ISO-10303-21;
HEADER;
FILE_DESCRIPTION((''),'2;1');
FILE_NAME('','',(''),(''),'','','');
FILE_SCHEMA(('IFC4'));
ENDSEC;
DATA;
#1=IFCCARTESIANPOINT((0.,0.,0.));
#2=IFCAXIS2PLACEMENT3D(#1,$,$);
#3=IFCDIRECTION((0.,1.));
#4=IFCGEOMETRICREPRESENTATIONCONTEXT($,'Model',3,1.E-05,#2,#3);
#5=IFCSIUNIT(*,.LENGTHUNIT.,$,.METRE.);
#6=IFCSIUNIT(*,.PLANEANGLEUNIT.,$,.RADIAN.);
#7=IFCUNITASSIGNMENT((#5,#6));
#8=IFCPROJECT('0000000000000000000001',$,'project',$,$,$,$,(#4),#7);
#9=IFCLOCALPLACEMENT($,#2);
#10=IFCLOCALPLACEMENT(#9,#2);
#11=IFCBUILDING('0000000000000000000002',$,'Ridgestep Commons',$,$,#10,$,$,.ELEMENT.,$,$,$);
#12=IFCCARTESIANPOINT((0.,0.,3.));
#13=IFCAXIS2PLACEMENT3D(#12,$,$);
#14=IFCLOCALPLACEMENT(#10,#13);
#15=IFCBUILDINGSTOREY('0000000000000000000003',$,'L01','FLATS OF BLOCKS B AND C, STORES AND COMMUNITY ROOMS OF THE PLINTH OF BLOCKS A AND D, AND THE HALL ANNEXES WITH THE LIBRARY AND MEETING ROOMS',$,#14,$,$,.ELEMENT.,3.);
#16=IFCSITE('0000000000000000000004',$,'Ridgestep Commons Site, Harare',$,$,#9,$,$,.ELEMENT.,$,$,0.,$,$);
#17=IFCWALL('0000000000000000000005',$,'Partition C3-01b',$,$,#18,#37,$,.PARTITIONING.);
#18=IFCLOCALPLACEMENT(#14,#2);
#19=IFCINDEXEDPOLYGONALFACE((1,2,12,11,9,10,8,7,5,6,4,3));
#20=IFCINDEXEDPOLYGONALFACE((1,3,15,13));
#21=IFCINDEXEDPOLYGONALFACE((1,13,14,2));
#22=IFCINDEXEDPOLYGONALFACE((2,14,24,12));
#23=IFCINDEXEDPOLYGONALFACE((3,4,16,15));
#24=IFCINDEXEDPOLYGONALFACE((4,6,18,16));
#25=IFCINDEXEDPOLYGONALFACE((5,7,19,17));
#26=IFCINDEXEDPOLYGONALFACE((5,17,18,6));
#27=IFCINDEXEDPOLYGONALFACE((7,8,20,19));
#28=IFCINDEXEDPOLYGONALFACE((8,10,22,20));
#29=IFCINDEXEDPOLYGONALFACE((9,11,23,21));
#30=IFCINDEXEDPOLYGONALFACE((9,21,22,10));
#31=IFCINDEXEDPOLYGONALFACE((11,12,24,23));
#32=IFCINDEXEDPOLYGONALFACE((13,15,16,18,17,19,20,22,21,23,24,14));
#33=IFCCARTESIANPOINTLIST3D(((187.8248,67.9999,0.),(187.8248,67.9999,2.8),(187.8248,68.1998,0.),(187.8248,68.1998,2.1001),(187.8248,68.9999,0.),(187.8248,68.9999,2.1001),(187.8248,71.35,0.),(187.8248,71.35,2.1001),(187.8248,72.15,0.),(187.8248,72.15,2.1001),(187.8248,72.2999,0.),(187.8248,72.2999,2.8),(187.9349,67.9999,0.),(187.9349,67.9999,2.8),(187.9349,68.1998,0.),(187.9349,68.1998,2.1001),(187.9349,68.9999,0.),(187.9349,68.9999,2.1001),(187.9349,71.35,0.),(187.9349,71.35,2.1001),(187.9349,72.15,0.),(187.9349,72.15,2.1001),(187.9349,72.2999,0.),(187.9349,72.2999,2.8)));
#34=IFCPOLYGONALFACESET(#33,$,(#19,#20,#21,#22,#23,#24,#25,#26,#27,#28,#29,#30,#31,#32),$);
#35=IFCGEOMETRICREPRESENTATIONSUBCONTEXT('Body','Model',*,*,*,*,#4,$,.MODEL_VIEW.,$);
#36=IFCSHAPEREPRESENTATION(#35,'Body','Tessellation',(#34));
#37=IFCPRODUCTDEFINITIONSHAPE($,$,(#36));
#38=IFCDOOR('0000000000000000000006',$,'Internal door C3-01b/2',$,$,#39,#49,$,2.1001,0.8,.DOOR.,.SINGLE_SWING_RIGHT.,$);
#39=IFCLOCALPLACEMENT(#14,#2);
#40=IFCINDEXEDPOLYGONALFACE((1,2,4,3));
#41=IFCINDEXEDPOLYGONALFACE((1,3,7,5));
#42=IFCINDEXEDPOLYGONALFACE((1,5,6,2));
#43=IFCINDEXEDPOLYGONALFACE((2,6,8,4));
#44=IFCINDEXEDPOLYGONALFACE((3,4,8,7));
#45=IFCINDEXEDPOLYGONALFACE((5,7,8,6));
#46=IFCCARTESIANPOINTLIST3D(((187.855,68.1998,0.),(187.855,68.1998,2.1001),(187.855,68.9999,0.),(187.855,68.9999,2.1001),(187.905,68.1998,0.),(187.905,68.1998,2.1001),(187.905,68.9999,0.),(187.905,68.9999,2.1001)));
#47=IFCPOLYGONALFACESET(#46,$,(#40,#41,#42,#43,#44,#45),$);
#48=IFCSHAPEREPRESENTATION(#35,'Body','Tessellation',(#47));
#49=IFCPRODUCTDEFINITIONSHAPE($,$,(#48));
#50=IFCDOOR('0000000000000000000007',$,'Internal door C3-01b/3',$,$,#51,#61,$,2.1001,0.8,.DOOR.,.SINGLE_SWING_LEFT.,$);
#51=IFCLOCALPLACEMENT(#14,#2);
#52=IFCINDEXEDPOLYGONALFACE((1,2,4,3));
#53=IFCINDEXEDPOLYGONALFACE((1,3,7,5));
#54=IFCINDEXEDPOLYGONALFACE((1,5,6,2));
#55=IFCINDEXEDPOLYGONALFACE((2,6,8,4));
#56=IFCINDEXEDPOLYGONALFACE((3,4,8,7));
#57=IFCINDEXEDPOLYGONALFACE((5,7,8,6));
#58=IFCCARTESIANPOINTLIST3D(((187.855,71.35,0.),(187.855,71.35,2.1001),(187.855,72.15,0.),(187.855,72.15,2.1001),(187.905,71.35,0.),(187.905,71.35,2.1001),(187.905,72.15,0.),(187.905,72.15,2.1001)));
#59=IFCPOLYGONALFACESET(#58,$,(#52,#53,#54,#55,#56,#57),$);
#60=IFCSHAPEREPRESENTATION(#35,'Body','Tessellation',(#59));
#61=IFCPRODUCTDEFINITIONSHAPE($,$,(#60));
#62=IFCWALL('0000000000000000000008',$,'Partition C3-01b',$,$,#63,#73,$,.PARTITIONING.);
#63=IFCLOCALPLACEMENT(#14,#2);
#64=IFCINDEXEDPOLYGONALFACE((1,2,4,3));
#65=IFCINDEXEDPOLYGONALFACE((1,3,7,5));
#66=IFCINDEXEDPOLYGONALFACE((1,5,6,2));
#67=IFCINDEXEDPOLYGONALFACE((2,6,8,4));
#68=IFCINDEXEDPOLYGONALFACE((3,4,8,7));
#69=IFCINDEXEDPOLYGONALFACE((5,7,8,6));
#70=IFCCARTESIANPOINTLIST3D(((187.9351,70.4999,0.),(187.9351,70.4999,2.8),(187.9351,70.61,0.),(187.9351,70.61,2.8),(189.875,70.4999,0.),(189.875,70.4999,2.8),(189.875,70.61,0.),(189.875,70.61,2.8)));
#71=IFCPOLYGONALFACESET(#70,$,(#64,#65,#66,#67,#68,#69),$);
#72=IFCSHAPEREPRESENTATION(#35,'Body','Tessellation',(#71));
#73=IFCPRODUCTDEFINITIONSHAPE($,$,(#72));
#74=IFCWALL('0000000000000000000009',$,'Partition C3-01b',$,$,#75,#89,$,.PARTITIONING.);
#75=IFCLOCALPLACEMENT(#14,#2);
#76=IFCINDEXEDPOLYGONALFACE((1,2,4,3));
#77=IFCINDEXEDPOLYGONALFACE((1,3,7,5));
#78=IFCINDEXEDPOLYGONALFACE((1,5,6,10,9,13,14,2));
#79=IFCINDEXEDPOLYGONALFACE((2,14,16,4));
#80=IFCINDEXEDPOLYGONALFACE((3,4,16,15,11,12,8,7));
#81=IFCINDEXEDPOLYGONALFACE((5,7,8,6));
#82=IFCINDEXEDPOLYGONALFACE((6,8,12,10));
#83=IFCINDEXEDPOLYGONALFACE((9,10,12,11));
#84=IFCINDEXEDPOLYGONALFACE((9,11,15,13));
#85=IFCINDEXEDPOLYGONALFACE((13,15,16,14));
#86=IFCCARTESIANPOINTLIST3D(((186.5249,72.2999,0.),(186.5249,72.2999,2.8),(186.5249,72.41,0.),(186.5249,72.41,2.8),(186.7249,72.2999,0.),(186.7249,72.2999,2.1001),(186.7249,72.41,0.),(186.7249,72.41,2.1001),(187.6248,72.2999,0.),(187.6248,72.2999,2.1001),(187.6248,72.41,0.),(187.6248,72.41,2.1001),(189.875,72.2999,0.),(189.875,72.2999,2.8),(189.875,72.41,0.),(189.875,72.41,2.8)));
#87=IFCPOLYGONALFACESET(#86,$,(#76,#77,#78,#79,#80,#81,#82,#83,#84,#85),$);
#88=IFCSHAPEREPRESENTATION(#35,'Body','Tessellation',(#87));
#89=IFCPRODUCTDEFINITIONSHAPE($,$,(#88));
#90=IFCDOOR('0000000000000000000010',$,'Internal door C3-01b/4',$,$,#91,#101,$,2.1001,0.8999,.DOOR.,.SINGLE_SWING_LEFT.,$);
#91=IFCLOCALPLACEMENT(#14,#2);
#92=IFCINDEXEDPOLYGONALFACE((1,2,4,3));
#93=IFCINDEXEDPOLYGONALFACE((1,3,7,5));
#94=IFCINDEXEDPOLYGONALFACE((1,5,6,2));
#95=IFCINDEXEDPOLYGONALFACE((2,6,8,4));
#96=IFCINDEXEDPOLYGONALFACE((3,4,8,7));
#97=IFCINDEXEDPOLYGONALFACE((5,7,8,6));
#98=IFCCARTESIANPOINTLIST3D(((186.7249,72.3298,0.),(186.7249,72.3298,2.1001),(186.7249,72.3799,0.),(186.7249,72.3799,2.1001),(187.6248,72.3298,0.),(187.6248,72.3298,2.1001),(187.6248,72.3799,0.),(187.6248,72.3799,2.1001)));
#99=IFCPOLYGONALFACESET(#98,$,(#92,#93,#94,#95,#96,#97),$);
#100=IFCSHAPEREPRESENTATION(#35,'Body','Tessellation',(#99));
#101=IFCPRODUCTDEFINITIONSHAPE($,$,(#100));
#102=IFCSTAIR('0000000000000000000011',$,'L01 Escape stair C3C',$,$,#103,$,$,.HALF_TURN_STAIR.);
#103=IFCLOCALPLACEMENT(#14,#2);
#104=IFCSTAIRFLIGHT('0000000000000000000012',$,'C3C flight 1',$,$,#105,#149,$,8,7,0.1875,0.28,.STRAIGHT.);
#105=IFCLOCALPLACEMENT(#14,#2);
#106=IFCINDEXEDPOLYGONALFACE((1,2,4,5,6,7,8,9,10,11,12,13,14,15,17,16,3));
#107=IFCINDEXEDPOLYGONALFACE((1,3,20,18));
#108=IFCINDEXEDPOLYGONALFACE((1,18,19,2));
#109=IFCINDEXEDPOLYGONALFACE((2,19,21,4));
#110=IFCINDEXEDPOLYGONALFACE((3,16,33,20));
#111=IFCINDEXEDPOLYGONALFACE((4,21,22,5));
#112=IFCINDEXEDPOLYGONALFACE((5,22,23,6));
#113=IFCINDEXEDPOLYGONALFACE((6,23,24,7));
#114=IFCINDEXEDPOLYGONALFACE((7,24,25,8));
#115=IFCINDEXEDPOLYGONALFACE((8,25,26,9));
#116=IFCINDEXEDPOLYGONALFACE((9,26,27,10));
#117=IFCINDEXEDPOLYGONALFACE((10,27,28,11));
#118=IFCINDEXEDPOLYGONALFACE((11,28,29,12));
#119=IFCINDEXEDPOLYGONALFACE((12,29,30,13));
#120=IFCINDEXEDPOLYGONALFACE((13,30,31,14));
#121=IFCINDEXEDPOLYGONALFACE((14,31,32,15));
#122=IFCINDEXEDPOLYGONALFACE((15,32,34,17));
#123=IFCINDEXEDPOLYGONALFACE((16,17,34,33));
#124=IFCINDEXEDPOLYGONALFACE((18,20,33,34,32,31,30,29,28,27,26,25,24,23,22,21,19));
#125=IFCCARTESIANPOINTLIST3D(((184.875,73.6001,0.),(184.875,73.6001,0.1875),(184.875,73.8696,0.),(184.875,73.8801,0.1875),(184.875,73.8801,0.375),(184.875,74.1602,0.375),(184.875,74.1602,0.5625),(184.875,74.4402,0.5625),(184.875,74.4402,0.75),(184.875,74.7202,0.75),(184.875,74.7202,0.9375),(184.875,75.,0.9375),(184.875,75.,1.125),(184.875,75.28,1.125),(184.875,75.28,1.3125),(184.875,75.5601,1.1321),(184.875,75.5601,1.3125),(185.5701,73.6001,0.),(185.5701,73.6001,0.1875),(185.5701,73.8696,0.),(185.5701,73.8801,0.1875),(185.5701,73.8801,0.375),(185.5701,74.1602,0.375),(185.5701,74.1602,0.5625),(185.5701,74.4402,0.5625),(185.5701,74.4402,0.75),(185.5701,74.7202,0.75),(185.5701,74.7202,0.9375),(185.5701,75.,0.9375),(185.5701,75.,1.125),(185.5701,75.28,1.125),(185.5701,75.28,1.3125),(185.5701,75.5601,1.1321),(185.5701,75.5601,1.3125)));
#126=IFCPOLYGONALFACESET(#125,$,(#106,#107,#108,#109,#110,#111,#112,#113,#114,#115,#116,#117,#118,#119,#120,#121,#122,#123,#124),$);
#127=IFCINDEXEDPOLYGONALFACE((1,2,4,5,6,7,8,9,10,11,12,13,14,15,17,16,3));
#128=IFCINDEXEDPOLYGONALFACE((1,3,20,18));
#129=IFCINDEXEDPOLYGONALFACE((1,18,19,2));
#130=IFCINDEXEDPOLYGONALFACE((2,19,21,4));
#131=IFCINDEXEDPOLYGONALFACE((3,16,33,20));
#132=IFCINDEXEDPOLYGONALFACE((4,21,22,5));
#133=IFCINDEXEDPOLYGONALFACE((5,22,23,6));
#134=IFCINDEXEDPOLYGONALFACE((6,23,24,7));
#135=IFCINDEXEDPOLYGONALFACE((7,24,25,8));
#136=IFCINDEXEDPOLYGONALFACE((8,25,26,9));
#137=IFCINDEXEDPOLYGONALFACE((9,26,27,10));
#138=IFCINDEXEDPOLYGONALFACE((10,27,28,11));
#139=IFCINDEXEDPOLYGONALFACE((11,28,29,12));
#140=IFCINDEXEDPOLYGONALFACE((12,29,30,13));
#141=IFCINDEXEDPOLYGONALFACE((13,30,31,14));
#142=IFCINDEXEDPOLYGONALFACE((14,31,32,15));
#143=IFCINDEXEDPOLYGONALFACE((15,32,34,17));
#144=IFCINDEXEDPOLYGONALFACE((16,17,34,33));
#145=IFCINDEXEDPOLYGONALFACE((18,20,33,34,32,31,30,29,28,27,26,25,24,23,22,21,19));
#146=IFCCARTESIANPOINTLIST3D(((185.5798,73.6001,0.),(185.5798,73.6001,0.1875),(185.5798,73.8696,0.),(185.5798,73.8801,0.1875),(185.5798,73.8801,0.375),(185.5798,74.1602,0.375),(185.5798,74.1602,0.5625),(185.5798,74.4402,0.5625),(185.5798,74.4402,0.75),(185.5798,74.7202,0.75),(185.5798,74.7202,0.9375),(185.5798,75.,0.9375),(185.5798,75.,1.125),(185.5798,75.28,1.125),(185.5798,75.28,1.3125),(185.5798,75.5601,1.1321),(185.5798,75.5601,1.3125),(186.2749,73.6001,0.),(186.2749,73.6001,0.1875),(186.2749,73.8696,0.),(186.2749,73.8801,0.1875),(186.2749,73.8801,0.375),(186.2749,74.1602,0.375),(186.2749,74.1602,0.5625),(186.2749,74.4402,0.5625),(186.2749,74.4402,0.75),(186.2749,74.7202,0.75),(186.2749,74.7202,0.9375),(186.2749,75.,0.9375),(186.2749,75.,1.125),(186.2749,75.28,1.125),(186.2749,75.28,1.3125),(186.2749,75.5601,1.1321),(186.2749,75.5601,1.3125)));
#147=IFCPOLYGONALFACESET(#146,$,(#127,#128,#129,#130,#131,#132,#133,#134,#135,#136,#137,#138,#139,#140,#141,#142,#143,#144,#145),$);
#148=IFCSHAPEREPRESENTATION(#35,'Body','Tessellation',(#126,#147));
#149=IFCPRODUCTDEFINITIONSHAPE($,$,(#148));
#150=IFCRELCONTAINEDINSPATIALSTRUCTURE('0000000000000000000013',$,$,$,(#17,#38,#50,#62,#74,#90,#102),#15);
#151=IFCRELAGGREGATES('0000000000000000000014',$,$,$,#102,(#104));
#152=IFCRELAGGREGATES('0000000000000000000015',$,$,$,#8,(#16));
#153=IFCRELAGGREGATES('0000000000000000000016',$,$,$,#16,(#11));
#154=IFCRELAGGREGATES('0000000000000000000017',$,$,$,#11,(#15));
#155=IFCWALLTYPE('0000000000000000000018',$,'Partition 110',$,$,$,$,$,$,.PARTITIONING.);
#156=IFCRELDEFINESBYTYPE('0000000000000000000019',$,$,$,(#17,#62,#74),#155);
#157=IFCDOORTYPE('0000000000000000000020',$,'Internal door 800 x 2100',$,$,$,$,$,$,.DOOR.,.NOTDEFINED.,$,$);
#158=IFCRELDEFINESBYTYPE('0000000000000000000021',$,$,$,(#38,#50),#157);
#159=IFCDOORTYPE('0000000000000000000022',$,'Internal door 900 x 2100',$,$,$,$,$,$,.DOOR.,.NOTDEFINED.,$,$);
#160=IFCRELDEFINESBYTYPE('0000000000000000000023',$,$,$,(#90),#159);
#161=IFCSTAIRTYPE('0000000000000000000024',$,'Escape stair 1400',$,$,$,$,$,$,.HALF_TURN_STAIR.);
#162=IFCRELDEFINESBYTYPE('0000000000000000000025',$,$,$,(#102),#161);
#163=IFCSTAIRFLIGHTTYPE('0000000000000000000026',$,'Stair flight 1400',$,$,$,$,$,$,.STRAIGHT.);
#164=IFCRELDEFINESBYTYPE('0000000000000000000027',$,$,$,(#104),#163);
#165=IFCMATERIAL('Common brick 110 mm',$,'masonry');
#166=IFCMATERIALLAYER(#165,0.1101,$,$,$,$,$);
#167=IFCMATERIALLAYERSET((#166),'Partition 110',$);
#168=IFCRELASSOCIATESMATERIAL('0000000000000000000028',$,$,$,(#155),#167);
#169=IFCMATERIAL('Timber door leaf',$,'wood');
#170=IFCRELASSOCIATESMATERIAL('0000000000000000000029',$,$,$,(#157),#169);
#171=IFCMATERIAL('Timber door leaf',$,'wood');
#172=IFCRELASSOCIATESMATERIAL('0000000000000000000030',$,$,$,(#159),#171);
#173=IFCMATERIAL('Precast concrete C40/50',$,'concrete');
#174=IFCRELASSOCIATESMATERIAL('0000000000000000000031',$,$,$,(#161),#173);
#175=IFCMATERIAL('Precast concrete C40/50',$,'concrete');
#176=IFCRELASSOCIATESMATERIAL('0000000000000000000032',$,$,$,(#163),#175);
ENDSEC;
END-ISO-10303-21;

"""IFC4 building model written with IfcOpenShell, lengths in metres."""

from ifc_helpers import new_model, si_unit, direction, frame, frame_2d, origin, place, context, subcontext, project, spatial, polyline, rectangle, outline, extrude, material, layer, layer_set, type_object, element, fill, aggregate, save


model = new_model("IFC4")

# Units and contexts
model_context = context("Model", 3, precision=1e-05, world=origin(), true_north=direction((0.0, 1.0)))
body_context = subcontext(model_context, "Body", "Model", "MODEL_VIEW")
ifc_project = project(units=[si_unit("LENGTHUNIT", "METRE"), si_unit("PLANEANGLEUNIT", "RADIAN")], contexts=[model_context])

# Site, building, storey
site_placement = place(None, origin())
site = spatial("IfcSite", under=ifc_project, at=site_placement, Name="Ridgestep Commons Site, Harare", CompositionType="ELEMENT", RefElevation=0.0)
building_placement = place(site_placement, origin())
building = spatial("IfcBuilding", under=site, at=building_placement, Name="Ridgestep Commons", CompositionType="ELEMENT")
storey_placement = place(building_placement, frame((0.0, 0.0, 3.0)))
storey = spatial("IfcBuildingStorey", under=building, at=storey_placement, Name="L01", Description="FLATS OF BLOCKS B AND C, STORES AND COMMUNITY ROOMS OF THE PLINTH OF BLOCKS A AND D, AND THE HALL ANNEXES WITH THE LIBRARY AND MEETING ROOMS", CompositionType="ELEMENT", Elevation=3.0)

# Wall, openings, doors
ifc_material_1 = material(Name="Common brick 110 mm", Category="masonry")
ifc_layer_1 = layer(ifc_material_1, 0.1101)
ifc_layer_set_1 = layer_set([ifc_layer_1], Name="Partition 110")
wall_type_1 = type_object("IfcWallType", Name="Partition 110", PredefinedType="PARTITIONING", material=ifc_layer_set_1)
wall_1_placement = place(storey_placement, frame((187.8799, 68.0, 0.0), z_axis=(0.0, 0.0, 1.0), x_axis=(0.0, 1.0, 0.0)))
wall_1 = element("IfcWall", 1, at=wall_1_placement, inside=storey, type_object=wall_type_1, Name="Partition C3-01b", PredefinedType="PARTITIONING", context=body_context, shape_type="SweptSolid", body=[
    extrude(rectangle(XDim=4.3, YDim=0.1101, at=frame_2d((2.1499, 0.0))), origin(), (0.0, 0.0, 1.0), 2.8),
])
opening_1_placement = place(wall_1_placement, frame((0.2, 0.0, 0.0)))
opening_1 = element("IfcOpeningElement", 2, at=opening_1_placement, cuts=wall_1, PredefinedType="OPENING", context=body_context, shape_type="SweptSolid", body=[
    extrude(rectangle(XDim=0.8, YDim=2.1001, at=frame_2d((0.3999, 1.05))), frame((0.0, 0.0649, 0.0), z_axis=(0.0, -1.0, 0.0), x_axis=(1.0, 0.0, 0.0)), (0.0, 0.0, 1.0), 0.1301),
])
opening_2_placement = place(wall_1_placement, frame((3.3501, 0.0, 0.0)))
opening_2 = element("IfcOpeningElement", 3, at=opening_2_placement, cuts=wall_1, PredefinedType="OPENING", context=body_context, shape_type="SweptSolid", body=[
    extrude(rectangle(XDim=0.8, YDim=2.1001, at=frame_2d((0.3999, 1.05))), frame((0.0, 0.0649, 0.0), z_axis=(0.0, -1.0, 0.0), x_axis=(1.0, 0.0, 0.0)), (0.0, 0.0, 1.0), 0.1301),
])
ifc_material_2 = material(Name="Timber door leaf", Category="wood")
door_type_1 = type_object("IfcDoorType", Name="Internal door 800 x 2100", OperationType="NOTDEFINED", PredefinedType="DOOR", material=ifc_material_2)
door_1_placement = place(opening_1_placement, origin())
door_1 = element("IfcDoor", 4, at=door_1_placement, inside=storey, type_object=door_type_1, Name="Internal door C3-01b/2", OperationType="SINGLE_SWING_RIGHT", OverallHeight=2.1001, OverallWidth=0.8, PredefinedType="DOOR", context=body_context, shape_type="SweptSolid", body=[
    extrude(rectangle(XDim=0.8, YDim=2.1001, at=frame_2d((0.3999, 1.05))), frame((0.0, 0.0249, 0.0), z_axis=(0.0, -1.0, 0.0), x_axis=(1.0, 0.0, 0.0)), (0.0, 0.0, 1.0), 0.05),
])
fill(opening_1, door_1)
door_2_placement = place(opening_2_placement, origin())
door_2 = element("IfcDoor", 5, at=door_2_placement, inside=storey, type_object=door_type_1, Name="Internal door C3-01b/3", OperationType="SINGLE_SWING_LEFT", OverallHeight=2.1001, OverallWidth=0.8, PredefinedType="DOOR", context=body_context, shape_type="SweptSolid", body=[
    extrude(rectangle(XDim=0.8, YDim=2.1001, at=frame_2d((0.3999, 1.05))), frame((0.0, 0.0249, 0.0), z_axis=(0.0, -1.0, 0.0), x_axis=(1.0, 0.0, 0.0)), (0.0, 0.0, 1.0), 0.05),
])
fill(opening_2, door_2)

# Wall
wall_2_placement = place(storey_placement, frame((187.9351, 70.5549, 0.0), z_axis=(0.0, 0.0, 1.0), x_axis=(1.0, 0.0, 0.0)))
element("IfcWall", 6, at=wall_2_placement, inside=storey, type_object=wall_type_1, Name="Partition C3-01b", PredefinedType="PARTITIONING", context=body_context, shape_type="SweptSolid", body=[
    extrude(rectangle(XDim=1.9399, YDim=0.1101, at=frame_2d((0.97, 0.0))), origin(), (0.0, 0.0, 1.0), 2.8),
])

# Wall, opening, door
wall_3_placement = place(storey_placement, frame((186.5249, 72.355, 0.0), z_axis=(0.0, 0.0, 1.0), x_axis=(1.0, 0.0, 0.0)))
wall_3 = element("IfcWall", 7, at=wall_3_placement, inside=storey, type_object=wall_type_1, Name="Partition C3-01b", PredefinedType="PARTITIONING", context=body_context, shape_type="SweptSolid", body=[
    extrude(rectangle(XDim=3.3501, YDim=0.1101, at=frame_2d((1.675, 0.0))), origin(), (0.0, 0.0, 1.0), 2.8),
])
opening_3_placement = place(wall_3_placement, frame((0.2, 0.0, 0.0)))
opening_3 = element("IfcOpeningElement", 8, at=opening_3_placement, cuts=wall_3, PredefinedType="OPENING", context=body_context, shape_type="SweptSolid", body=[
    extrude(rectangle(XDim=0.8999, YDim=2.1001, at=frame_2d((0.45, 1.05))), frame((0.0, 0.0649, 0.0), z_axis=(0.0, -1.0, 0.0), x_axis=(1.0, 0.0, 0.0)), (0.0, 0.0, 1.0), 0.1301),
])
ifc_material_3 = material(Name="Timber door leaf", Category="wood")
door_type_2 = type_object("IfcDoorType", Name="Internal door 900 x 2100", OperationType="NOTDEFINED", PredefinedType="DOOR", material=ifc_material_3)
door_3_placement = place(opening_3_placement, origin())
door_3 = element("IfcDoor", 9, at=door_3_placement, inside=storey, type_object=door_type_2, Name="Internal door C3-01b/4", OperationType="SINGLE_SWING_LEFT", OverallHeight=2.1001, OverallWidth=0.8999, PredefinedType="DOOR", context=body_context, shape_type="SweptSolid", body=[
    extrude(rectangle(XDim=0.8999, YDim=2.1001, at=frame_2d((0.45, 1.05))), frame((0.0, 0.0249, 0.0), z_axis=(0.0, -1.0, 0.0), x_axis=(1.0, 0.0, 0.0)), (0.0, 0.0, 1.0), 0.05),
])
fill(opening_3, door_3)

# Stair, stair flight
ifc_material_4 = material(Name="Precast concrete C40/50", Category="concrete")
stair_type = type_object("IfcStairType", Name="Escape stair 1400", PredefinedType="HALF_TURN_STAIR", material=ifc_material_4)
stair_placement = place(storey_placement, origin())
stair = element("IfcStair", 10, at=stair_placement, inside=storey, type_object=stair_type, Name="L01 Escape stair C3C", PredefinedType="HALF_TURN_STAIR")
ifc_material_5 = material(Name="Precast concrete C40/50", Category="concrete")
stair_flight_type = type_object("IfcStairFlightType", Name="Stair flight 1400", PredefinedType="STRAIGHT", material=ifc_material_5)
stair_flight_1_placement = place(storey_placement, frame((185.575, 73.6001, 0.0), z_axis=(0.0, 0.0, 1.0), x_axis=(0.0, 1.0, 0.0)))
stair_flight_1 = element("IfcStairFlight", 11, at=stair_flight_1_placement, type_object=stair_flight_type, Name="C3C flight 1", NumberOfRisers=8, NumberOfTreads=7, PredefinedType="STRAIGHT", RiserHeight=0.1875, TreadLength=0.28, context=body_context, shape_type="SweptSolid", body=[
    extrude(outline(polyline([(0.0, 0.0), (0.0, 0.1875), (0.28, 0.1875), (0.28, 0.375), (0.5601, 0.375), (0.5601, 0.5625), (0.8401, 0.5625), (0.8401, 0.75), (1.1201, 0.75), (1.1201, 0.9375), (1.3999, 0.9375), (1.3999, 1.125), (1.6799, 1.125), (1.6799, 1.3125), (1.96, 1.3125), (1.96, 1.5), (1.96, 1.1321), (0.2695, 0.0), (0.0, 0.0)])), frame((0.0, 0.7, 0.0), z_axis=(0.0, -1.0, 0.0), x_axis=(1.0, 0.0, 0.0)), (0.0, 0.0, 1.0), 0.6951),
    extrude(outline(polyline([(0.0, 0.0), (0.0, 0.1875), (0.28, 0.1875), (0.28, 0.375), (0.5601, 0.375), (0.5601, 0.5625), (0.8401, 0.5625), (0.8401, 0.75), (1.1201, 0.75), (1.1201, 0.9375), (1.3999, 0.9375), (1.3999, 1.125), (1.6799, 1.125), (1.6799, 1.3125), (1.96, 1.3125), (1.96, 1.5), (1.96, 1.1321), (0.2695, 0.0), (0.0, 0.0)])), frame((0.0, -0.0049, 0.0), z_axis=(0.0, -1.0, 0.0), x_axis=(1.0, 0.0, 0.0)), (0.0, 0.0, 1.0), 0.6951),
])
aggregate(stair, [stair_flight_1])

save(model, "model.ifc")
